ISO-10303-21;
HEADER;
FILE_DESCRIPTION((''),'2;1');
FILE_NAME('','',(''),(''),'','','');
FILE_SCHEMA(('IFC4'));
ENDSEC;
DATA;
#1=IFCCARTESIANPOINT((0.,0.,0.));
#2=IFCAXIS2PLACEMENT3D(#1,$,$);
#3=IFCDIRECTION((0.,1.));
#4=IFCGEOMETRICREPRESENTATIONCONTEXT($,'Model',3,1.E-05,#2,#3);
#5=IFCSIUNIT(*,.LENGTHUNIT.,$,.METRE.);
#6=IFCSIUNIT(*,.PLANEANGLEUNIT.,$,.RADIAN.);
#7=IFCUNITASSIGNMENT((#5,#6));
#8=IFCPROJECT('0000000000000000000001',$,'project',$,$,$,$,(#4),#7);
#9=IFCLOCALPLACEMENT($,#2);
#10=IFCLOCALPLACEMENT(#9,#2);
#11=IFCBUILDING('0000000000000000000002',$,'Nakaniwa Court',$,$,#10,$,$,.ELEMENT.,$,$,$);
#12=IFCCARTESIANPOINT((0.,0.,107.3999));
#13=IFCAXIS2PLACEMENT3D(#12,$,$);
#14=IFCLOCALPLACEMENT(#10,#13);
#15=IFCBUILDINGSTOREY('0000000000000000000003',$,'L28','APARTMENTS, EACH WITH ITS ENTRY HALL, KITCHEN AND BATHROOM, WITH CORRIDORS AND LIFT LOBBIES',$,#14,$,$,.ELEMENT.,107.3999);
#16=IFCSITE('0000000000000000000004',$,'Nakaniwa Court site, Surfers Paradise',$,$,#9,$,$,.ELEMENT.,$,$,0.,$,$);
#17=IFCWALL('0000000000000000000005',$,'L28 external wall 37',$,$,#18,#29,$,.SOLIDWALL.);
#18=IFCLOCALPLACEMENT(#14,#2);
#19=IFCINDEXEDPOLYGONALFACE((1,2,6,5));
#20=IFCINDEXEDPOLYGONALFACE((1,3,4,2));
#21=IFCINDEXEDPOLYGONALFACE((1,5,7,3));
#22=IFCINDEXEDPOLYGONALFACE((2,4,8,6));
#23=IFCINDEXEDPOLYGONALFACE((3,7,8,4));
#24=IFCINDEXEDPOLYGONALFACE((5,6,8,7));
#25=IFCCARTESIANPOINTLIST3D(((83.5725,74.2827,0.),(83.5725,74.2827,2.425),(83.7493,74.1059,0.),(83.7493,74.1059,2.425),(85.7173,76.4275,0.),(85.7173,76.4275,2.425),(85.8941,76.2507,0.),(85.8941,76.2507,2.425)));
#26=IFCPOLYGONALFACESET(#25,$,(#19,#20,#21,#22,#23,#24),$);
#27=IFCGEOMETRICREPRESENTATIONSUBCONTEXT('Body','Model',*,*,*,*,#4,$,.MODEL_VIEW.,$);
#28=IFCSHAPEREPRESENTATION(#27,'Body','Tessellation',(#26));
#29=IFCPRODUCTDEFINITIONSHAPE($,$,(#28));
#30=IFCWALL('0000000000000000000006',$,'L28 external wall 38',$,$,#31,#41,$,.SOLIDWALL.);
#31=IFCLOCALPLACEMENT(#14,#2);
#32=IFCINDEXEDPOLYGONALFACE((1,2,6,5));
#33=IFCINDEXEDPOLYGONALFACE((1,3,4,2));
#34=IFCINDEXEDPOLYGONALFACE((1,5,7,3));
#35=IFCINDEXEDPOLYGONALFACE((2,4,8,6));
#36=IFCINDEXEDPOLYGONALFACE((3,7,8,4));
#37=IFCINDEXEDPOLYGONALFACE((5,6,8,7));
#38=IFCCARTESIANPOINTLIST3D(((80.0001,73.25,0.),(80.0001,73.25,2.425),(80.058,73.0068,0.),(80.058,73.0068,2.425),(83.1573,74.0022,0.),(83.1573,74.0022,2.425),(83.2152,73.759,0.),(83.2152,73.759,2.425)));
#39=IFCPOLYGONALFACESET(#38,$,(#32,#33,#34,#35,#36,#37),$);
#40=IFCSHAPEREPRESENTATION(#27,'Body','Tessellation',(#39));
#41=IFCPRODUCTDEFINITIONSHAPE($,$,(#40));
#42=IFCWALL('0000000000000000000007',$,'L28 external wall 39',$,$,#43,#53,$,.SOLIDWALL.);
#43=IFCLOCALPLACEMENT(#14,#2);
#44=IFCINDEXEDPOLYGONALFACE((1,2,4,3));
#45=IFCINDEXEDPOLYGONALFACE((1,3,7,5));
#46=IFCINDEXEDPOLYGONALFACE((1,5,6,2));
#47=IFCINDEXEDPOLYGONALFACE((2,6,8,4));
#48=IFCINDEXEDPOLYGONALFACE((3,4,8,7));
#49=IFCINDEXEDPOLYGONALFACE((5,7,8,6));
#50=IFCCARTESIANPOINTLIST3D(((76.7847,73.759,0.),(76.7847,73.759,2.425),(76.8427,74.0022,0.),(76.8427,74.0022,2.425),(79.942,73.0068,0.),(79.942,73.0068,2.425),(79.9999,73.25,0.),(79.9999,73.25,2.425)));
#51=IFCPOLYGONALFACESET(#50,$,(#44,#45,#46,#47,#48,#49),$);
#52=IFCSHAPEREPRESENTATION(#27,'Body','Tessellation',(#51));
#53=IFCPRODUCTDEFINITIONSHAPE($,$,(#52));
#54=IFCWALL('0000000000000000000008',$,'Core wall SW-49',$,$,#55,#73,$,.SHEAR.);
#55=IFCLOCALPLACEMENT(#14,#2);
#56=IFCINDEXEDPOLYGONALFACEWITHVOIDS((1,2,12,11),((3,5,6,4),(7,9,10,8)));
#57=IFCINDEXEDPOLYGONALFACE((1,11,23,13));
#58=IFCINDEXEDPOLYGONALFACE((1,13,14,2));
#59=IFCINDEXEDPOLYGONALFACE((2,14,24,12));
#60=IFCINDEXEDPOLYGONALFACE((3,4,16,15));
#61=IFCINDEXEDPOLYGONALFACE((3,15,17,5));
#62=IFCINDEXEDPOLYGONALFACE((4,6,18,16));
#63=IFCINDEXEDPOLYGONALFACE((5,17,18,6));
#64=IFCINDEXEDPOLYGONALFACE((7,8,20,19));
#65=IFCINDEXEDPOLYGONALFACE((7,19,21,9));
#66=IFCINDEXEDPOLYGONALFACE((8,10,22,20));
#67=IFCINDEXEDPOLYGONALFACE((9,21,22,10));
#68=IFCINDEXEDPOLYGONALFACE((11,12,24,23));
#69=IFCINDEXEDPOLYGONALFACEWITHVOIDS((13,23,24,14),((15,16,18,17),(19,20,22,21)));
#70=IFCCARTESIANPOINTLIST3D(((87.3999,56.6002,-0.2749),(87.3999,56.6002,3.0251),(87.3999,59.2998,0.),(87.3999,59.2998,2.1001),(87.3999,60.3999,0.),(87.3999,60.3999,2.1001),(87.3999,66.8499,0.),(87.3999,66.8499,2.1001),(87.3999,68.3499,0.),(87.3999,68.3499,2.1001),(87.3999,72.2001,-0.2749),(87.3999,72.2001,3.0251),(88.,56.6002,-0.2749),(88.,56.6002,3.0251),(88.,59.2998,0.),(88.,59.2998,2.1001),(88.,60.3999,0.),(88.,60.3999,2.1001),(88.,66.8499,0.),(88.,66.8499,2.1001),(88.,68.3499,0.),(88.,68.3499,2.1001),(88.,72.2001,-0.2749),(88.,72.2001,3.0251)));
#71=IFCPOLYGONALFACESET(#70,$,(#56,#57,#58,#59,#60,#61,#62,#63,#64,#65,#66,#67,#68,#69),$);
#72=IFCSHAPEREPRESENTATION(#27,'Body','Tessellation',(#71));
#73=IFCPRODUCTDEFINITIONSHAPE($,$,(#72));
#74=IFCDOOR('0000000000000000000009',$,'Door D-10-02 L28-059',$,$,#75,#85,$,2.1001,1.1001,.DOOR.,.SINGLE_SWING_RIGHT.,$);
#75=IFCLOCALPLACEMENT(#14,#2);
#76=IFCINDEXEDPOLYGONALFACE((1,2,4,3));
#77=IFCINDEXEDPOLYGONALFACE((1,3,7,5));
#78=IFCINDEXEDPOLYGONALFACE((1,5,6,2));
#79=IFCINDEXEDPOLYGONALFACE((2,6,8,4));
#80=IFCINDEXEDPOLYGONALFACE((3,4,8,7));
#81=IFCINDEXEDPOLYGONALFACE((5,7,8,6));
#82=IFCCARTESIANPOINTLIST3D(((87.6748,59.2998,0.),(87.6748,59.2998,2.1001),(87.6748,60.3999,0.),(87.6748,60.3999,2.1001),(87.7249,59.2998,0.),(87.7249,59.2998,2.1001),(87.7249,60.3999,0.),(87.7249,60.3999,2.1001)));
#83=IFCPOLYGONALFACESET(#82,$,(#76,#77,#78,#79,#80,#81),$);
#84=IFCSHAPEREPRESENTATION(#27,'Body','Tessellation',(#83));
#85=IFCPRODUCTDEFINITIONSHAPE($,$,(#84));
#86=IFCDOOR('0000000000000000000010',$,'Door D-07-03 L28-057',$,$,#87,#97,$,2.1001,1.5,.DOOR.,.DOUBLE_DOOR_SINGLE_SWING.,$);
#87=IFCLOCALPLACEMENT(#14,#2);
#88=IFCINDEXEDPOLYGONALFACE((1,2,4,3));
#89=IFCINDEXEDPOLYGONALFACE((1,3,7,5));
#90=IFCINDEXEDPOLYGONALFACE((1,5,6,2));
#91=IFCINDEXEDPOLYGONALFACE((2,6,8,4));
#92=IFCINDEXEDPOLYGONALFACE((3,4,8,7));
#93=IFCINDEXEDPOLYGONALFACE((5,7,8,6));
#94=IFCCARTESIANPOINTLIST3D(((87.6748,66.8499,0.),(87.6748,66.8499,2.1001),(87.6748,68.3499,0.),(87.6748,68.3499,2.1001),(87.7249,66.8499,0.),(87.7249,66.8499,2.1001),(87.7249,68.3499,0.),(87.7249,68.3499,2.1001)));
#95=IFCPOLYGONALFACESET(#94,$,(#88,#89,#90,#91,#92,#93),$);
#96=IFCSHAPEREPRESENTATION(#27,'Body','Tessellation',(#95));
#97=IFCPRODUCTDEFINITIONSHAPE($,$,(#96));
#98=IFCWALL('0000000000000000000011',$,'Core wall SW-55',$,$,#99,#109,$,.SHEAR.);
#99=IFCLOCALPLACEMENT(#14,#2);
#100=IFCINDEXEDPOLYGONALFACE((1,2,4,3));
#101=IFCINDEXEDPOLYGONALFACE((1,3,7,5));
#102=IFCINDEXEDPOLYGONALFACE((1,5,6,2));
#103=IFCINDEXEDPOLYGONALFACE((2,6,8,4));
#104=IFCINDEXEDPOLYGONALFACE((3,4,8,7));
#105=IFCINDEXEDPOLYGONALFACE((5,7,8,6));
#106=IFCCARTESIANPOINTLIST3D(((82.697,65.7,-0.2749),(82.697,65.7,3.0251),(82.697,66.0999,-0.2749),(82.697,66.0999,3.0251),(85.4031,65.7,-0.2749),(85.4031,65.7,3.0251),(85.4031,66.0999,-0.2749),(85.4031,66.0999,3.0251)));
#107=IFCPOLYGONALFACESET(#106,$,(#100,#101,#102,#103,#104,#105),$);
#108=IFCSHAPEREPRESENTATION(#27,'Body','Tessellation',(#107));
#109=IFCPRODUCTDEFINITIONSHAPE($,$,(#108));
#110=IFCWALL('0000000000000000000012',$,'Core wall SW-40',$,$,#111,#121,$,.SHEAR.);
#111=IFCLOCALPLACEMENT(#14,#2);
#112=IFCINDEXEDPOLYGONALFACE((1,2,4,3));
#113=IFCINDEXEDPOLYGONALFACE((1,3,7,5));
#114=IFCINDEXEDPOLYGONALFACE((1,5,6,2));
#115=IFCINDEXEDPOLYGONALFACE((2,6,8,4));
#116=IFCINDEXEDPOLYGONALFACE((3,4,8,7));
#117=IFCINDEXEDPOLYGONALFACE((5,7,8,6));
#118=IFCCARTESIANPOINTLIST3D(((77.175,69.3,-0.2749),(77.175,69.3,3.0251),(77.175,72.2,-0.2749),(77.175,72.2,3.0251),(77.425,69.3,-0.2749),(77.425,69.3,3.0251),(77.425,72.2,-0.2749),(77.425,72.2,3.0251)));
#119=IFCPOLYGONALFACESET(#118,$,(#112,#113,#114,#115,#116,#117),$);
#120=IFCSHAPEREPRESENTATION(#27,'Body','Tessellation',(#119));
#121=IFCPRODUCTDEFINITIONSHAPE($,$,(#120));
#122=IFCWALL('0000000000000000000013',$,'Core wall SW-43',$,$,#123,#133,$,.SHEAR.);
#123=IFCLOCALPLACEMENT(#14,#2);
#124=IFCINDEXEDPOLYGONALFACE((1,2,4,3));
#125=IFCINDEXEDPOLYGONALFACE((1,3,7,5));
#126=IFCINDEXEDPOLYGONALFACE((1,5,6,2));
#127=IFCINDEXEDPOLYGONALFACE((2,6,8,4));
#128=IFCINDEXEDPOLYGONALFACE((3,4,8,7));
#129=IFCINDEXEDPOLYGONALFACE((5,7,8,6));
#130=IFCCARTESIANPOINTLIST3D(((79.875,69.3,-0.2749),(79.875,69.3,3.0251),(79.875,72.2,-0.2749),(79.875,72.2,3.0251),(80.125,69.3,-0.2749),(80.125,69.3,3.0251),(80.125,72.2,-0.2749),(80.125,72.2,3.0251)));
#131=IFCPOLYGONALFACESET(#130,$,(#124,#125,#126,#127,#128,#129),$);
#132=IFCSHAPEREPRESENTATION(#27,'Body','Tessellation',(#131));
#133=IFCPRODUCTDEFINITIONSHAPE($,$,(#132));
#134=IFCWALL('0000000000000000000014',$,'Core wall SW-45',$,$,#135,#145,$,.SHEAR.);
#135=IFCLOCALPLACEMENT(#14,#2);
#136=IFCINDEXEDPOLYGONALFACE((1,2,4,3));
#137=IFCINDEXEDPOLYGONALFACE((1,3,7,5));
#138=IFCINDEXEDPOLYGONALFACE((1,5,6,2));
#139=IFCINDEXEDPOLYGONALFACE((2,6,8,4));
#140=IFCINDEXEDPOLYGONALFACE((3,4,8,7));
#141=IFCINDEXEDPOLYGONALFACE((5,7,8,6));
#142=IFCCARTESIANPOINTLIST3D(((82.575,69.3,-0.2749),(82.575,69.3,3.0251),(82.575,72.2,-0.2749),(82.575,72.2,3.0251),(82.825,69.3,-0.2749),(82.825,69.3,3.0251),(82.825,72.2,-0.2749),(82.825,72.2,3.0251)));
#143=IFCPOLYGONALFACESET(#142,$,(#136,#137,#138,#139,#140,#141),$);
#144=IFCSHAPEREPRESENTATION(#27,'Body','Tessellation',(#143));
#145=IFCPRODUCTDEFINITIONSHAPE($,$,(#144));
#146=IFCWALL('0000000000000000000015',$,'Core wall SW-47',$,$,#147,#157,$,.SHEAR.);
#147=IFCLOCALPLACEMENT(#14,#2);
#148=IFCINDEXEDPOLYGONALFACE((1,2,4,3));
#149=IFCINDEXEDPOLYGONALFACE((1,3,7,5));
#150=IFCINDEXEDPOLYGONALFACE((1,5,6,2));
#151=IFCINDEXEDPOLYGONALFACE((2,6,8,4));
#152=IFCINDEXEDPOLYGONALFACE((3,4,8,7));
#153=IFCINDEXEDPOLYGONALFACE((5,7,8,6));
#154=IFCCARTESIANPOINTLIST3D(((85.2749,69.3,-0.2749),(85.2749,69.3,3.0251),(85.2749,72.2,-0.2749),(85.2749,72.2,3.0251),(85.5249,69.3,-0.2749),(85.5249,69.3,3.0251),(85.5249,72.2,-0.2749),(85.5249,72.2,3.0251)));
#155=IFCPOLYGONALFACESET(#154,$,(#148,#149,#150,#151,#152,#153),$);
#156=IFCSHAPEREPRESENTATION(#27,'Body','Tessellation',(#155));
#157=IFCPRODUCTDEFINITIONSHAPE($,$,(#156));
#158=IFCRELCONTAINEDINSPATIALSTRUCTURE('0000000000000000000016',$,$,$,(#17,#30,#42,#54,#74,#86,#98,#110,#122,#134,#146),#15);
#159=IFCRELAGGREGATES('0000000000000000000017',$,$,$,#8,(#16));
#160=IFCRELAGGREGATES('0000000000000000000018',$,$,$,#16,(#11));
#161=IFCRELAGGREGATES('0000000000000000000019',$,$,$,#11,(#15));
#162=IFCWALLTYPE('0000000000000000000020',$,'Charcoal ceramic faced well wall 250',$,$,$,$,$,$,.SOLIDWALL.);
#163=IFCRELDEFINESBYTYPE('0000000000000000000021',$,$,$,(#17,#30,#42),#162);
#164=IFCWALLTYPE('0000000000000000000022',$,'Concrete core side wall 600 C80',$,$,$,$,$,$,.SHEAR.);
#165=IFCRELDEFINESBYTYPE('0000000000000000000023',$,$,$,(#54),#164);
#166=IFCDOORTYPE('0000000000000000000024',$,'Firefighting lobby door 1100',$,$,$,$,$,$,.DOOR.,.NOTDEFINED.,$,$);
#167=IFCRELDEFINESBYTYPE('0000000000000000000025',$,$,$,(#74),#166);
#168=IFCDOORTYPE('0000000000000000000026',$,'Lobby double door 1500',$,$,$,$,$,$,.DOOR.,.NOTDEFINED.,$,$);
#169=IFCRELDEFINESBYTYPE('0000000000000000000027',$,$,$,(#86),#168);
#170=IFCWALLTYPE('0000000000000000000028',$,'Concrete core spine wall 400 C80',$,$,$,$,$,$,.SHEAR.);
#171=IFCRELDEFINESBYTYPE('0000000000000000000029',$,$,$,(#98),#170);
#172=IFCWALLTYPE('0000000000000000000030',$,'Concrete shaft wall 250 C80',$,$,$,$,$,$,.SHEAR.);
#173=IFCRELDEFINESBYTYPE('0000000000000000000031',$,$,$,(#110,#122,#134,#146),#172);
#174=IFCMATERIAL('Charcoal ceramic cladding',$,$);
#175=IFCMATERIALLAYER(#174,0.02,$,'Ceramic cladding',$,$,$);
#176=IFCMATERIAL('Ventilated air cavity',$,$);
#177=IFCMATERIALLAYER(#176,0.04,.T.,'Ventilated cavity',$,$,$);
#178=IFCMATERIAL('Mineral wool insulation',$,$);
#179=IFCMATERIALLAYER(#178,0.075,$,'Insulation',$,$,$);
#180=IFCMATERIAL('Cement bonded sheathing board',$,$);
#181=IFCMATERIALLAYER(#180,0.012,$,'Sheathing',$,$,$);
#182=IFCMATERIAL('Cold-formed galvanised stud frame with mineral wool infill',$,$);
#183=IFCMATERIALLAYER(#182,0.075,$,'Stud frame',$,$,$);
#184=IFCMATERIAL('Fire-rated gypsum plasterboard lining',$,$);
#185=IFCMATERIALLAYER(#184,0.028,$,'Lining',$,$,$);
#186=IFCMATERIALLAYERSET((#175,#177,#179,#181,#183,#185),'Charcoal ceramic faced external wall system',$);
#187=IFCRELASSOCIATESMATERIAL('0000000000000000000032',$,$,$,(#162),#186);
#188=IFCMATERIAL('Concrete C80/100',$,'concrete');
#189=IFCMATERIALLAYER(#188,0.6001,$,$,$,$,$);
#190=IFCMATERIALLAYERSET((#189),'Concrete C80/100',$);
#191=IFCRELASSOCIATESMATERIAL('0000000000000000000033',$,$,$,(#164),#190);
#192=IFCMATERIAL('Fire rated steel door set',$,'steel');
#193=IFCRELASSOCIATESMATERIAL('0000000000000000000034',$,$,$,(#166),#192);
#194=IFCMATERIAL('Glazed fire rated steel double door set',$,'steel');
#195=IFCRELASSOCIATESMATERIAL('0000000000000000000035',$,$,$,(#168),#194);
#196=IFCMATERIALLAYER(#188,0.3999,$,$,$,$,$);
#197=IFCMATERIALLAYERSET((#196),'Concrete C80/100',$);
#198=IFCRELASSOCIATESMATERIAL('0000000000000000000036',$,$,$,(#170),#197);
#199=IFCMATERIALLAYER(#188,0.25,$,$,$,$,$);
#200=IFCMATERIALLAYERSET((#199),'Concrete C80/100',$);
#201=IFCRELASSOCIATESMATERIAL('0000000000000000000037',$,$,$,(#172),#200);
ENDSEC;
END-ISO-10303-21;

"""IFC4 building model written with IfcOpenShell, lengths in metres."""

from ifc_helpers import new_model, si_unit, direction, frame, frame_2d, origin, place, context, subcontext, project, spatial, rectangle, extrude, material, layer, layer_set, type_object, element, fill, save


model = new_model("IFC4")

# Units and contexts
model_context = context("Model", 3, precision=1e-05, world=origin(), true_north=direction((0.0, 1.0)))
body_context = subcontext(model_context, "Body", "Model", "MODEL_VIEW")
ifc_project = project(units=[si_unit("LENGTHUNIT", "METRE"), si_unit("PLANEANGLEUNIT", "RADIAN")], contexts=[model_context])

# Site, building, storey
site_placement = place(None, origin())
site = spatial("IfcSite", under=ifc_project, at=site_placement, Name="Nakaniwa Court site, Surfers Paradise", CompositionType="ELEMENT", RefElevation=0.0)
building_placement = place(site_placement, origin())
building = spatial("IfcBuilding", under=site, at=building_placement, Name="Nakaniwa Court", CompositionType="ELEMENT")
storey_placement = place(building_placement, frame((0.0, 0.0, 107.3999)))
storey = spatial("IfcBuildingStorey", under=building, at=storey_placement, Name="L28", Description="APARTMENTS, EACH WITH ITS ENTRY HALL, KITCHEN AND BATHROOM, WITH CORRIDORS AND LIFT LOBBIES", CompositionType="ELEMENT", Elevation=107.3999)

# Shared definitions
ifc_material_1 = material(Name="Concrete C80/100", Category="concrete")

# Shared definitions
ifc_material_2 = material(Name="Fire rated steel door set", Category="steel")

# Walls
ifc_material_3 = material(Name="Charcoal ceramic cladding")
ifc_layer_1 = layer(ifc_material_3, 0.02, Name="Ceramic cladding")
ifc_material_4 = material(Name="Ventilated air cavity")
ifc_layer_2 = layer(ifc_material_4, 0.04, ventilated=True, Name="Ventilated cavity")
ifc_material_5 = material(Name="Mineral wool insulation")
ifc_layer_3 = layer(ifc_material_5, 0.075, Name="Insulation")
ifc_material_6 = material(Name="Cement bonded sheathing board")
ifc_layer_4 = layer(ifc_material_6, 0.012, Name="Sheathing")
ifc_material_7 = material(Name="Cold-formed galvanised stud frame with mineral wool infill")
ifc_layer_5 = layer(ifc_material_7, 0.075, Name="Stud frame")
ifc_material_8 = material(Name="Fire-rated gypsum plasterboard lining")
ifc_layer_6 = layer(ifc_material_8, 0.028, Name="Lining")
ifc_layer_set_1 = layer_set([ifc_layer_1, ifc_layer_2, ifc_layer_3, ifc_layer_4, ifc_layer_5, ifc_layer_6], Name="Charcoal ceramic faced external wall system")
wall_type_1 = type_object("IfcWallType", Name="Charcoal ceramic faced well wall 250", PredefinedType="SOLIDWALL", material=ifc_layer_set_1)
wall_1_placement = place(storey_placement, frame((85.8057, 76.3391, 0.0), z_axis=(0.0, 0.0, 1.0), x_axis=(-0.707107, -0.707107, 0.0)))
element("IfcWall", 1, at=wall_1_placement, inside=storey, type_object=wall_type_1, Name="L28 external wall 37", PredefinedType="SOLIDWALL", context=body_context, shape_type="SweptSolid", body=[
    extrude(rectangle(XDim=3.0332, YDim=0.25, at=frame_2d((1.5166, 0.0))), origin(), (0.0, 0.0, 1.0), 2.425),
])
for number, where, z_axis, x_axis, name in (
    (2, (83.1863, 73.8806, 0.0), (0.0, 0.0, 1.0), (-0.972773, -0.23176, 0.0), "L28 external wall 38"),
    (3, (79.9709, 73.1284, 0.0), (0.0, 0.0, 1.0), (-0.972773, 0.23176, 0.0), "L28 external wall 39"),
):
    element("IfcWall", number, at=place(storey_placement, frame(where, z_axis=z_axis, x_axis=x_axis)), inside=storey, type_object=wall_type_1, Name=name, PredefinedType="SOLIDWALL", context=body_context, shape_type="SweptSolid", body=[
        extrude(rectangle(XDim=3.2456, YDim=0.25, at=frame_2d((1.6228, 0.0))), origin(), (0.0, 0.0, 1.0), 2.425),
    ])

# Wall, openings, doors
ifc_layer_7 = layer(ifc_material_1, 0.6001)
ifc_layer_set_2 = layer_set([ifc_layer_7], Name="Concrete C80/100")
wall_type_2 = type_object("IfcWallType", Name="Concrete core side wall 600 C80", PredefinedType="SHEAR", material=ifc_layer_set_2)
wall_2_placement = place(storey_placement, frame((87.7, 72.2, -0.2749), z_axis=(0.0, 0.0, 1.0), x_axis=(0.0, -1.0, 0.0)))
wall_2 = element("IfcWall", 4, at=wall_2_placement, inside=storey, type_object=wall_type_2, Name="Core wall SW-49", PredefinedType="SHEAR", context=body_context, shape_type="SweptSolid", body=[
    extrude(rectangle(XDim=15.5999, YDim=0.6001, at=frame_2d((7.7998, 0.0))), origin(), (0.0, 0.0, 1.0), 3.3),
])
opening_1_placement = place(wall_2_placement, frame((3.8501, 0.0, 0.2749)))
opening_1 = element("IfcOpeningElement", 5, at=opening_1_placement, cuts=wall_2, PredefinedType="OPENING", context=body_context, shape_type="SweptSolid", body=[
    extrude(rectangle(XDim=1.5, YDim=2.1001, at=frame_2d((0.75, 1.05))), frame((0.0, 0.3101, 0.0), z_axis=(0.0, -1.0, 0.0), x_axis=(1.0, 0.0, 0.0)), (0.0, 0.0, 1.0), 0.6201),
])
opening_2_placement = place(wall_2_placement, frame((11.8, 0.0, 0.2749)))
opening_2 = element("IfcOpeningElement", 6, at=opening_2_placement, cuts=wall_2, PredefinedType="OPENING", context=body_context, shape_type="SweptSolid", body=[
    extrude(rectangle(XDim=1.1001, YDim=2.1001, at=frame_2d((0.55, 1.05))), frame((0.0, 0.3101, 0.0), z_axis=(0.0, -1.0, 0.0), x_axis=(1.0, 0.0, 0.0)), (0.0, 0.0, 1.0), 0.6201),
])
door_type_1 = type_object("IfcDoorType", Name="Firefighting lobby door 1100", OperationType="NOTDEFINED", PredefinedType="DOOR", material=ifc_material_2)
door_1_placement = place(opening_2_placement, origin())
door_1 = element("IfcDoor", 7, at=door_1_placement, inside=storey, type_object=door_type_1, Name="Door D-10-02 L28-059", OperationType="SINGLE_SWING_RIGHT", OverallHeight=2.1001, OverallWidth=1.1001, PredefinedType="DOOR", context=body_context, shape_type="SweptSolid", body=[
    extrude(rectangle(XDim=1.1001, YDim=2.1001, at=frame_2d((0.55, 1.05))), frame((0.0, 0.0249, 0.0), z_axis=(0.0, -1.0, 0.0), x_axis=(1.0, 0.0, 0.0)), (0.0, 0.0, 1.0), 0.05),
])
fill(opening_2, door_1)
ifc_material_9 = material(Name="Glazed fire rated steel double door set", Category="steel")
door_type_2 = type_object("IfcDoorType", Name="Lobby double door 1500", OperationType="NOTDEFINED", PredefinedType="DOOR", material=ifc_material_9)
door_2_placement = place(opening_1_placement, origin())
door_2 = element("IfcDoor", 8, at=door_2_placement, inside=storey, type_object=door_type_2, Name="Door D-07-03 L28-057", OperationType="DOUBLE_DOOR_SINGLE_SWING", OverallHeight=2.1001, OverallWidth=1.5, PredefinedType="DOOR", context=body_context, shape_type="SweptSolid", body=[
    extrude(rectangle(XDim=1.5, YDim=2.1001, at=frame_2d((0.75, 1.05))), frame((0.0, 0.0249, 0.0), z_axis=(0.0, -1.0, 0.0), x_axis=(1.0, 0.0, 0.0)), (0.0, 0.0, 1.0), 0.05),
])
fill(opening_1, door_2)

# Walls
ifc_layer_8 = layer(ifc_material_1, 0.3999)
ifc_layer_set_3 = layer_set([ifc_layer_8], Name="Concrete C80/100")
wall_type_3 = type_object("IfcWallType", Name="Concrete core spine wall 400 C80", PredefinedType="SHEAR", material=ifc_layer_set_3)
wall_3_placement = place(storey_placement, frame((82.697, 65.8999, -0.2749), z_axis=(0.0, 0.0, 1.0), x_axis=(1.0, 0.0, 0.0)))
element("IfcWall", 9, at=wall_3_placement, inside=storey, type_object=wall_type_3, Name="Core wall SW-55", PredefinedType="SHEAR", context=body_context, shape_type="SweptSolid", body=[
    extrude(rectangle(XDim=2.7061, YDim=0.3999, at=frame_2d((1.353, 0.0))), origin(), (0.0, 0.0, 1.0), 3.3),
])
ifc_layer_9 = layer(ifc_material_1, 0.25)
ifc_layer_set_4 = layer_set([ifc_layer_9], Name="Concrete C80/100")
wall_type_4 = type_object("IfcWallType", Name="Concrete shaft wall 250 C80", PredefinedType="SHEAR", material=ifc_layer_set_4)
for number, where, z_axis, x_axis, name in (
    (10, (77.3, 69.3, -0.2749), (0.0, 0.0, 1.0), (0.0, 1.0, 0.0), "Core wall SW-40"),
    (11, (80.0, 69.3, -0.2749), (0.0, 0.0, 1.0), (0.0, 1.0, 0.0), "Core wall SW-43"),
    (12, (82.7, 69.3, -0.2749), (0.0, 0.0, 1.0), (0.0, 1.0, 0.0), "Core wall SW-45"),
    (13, (85.3999, 69.3, -0.2749), (0.0, 0.0, 1.0), (0.0, 1.0, 0.0), "Core wall SW-47"),
):
    element("IfcWall", number, at=place(storey_placement, frame(where, z_axis=z_axis, x_axis=x_axis)), inside=storey, type_object=wall_type_4, Name=name, PredefinedType="SHEAR", context=body_context, shape_type="SweptSolid", body=[
        extrude(rectangle(XDim=2.8999, YDim=0.25, at=frame_2d((1.45, 0.0))), origin(), (0.0, 0.0, 1.0), 3.3),
    ])

save(model, "model.ifc")
